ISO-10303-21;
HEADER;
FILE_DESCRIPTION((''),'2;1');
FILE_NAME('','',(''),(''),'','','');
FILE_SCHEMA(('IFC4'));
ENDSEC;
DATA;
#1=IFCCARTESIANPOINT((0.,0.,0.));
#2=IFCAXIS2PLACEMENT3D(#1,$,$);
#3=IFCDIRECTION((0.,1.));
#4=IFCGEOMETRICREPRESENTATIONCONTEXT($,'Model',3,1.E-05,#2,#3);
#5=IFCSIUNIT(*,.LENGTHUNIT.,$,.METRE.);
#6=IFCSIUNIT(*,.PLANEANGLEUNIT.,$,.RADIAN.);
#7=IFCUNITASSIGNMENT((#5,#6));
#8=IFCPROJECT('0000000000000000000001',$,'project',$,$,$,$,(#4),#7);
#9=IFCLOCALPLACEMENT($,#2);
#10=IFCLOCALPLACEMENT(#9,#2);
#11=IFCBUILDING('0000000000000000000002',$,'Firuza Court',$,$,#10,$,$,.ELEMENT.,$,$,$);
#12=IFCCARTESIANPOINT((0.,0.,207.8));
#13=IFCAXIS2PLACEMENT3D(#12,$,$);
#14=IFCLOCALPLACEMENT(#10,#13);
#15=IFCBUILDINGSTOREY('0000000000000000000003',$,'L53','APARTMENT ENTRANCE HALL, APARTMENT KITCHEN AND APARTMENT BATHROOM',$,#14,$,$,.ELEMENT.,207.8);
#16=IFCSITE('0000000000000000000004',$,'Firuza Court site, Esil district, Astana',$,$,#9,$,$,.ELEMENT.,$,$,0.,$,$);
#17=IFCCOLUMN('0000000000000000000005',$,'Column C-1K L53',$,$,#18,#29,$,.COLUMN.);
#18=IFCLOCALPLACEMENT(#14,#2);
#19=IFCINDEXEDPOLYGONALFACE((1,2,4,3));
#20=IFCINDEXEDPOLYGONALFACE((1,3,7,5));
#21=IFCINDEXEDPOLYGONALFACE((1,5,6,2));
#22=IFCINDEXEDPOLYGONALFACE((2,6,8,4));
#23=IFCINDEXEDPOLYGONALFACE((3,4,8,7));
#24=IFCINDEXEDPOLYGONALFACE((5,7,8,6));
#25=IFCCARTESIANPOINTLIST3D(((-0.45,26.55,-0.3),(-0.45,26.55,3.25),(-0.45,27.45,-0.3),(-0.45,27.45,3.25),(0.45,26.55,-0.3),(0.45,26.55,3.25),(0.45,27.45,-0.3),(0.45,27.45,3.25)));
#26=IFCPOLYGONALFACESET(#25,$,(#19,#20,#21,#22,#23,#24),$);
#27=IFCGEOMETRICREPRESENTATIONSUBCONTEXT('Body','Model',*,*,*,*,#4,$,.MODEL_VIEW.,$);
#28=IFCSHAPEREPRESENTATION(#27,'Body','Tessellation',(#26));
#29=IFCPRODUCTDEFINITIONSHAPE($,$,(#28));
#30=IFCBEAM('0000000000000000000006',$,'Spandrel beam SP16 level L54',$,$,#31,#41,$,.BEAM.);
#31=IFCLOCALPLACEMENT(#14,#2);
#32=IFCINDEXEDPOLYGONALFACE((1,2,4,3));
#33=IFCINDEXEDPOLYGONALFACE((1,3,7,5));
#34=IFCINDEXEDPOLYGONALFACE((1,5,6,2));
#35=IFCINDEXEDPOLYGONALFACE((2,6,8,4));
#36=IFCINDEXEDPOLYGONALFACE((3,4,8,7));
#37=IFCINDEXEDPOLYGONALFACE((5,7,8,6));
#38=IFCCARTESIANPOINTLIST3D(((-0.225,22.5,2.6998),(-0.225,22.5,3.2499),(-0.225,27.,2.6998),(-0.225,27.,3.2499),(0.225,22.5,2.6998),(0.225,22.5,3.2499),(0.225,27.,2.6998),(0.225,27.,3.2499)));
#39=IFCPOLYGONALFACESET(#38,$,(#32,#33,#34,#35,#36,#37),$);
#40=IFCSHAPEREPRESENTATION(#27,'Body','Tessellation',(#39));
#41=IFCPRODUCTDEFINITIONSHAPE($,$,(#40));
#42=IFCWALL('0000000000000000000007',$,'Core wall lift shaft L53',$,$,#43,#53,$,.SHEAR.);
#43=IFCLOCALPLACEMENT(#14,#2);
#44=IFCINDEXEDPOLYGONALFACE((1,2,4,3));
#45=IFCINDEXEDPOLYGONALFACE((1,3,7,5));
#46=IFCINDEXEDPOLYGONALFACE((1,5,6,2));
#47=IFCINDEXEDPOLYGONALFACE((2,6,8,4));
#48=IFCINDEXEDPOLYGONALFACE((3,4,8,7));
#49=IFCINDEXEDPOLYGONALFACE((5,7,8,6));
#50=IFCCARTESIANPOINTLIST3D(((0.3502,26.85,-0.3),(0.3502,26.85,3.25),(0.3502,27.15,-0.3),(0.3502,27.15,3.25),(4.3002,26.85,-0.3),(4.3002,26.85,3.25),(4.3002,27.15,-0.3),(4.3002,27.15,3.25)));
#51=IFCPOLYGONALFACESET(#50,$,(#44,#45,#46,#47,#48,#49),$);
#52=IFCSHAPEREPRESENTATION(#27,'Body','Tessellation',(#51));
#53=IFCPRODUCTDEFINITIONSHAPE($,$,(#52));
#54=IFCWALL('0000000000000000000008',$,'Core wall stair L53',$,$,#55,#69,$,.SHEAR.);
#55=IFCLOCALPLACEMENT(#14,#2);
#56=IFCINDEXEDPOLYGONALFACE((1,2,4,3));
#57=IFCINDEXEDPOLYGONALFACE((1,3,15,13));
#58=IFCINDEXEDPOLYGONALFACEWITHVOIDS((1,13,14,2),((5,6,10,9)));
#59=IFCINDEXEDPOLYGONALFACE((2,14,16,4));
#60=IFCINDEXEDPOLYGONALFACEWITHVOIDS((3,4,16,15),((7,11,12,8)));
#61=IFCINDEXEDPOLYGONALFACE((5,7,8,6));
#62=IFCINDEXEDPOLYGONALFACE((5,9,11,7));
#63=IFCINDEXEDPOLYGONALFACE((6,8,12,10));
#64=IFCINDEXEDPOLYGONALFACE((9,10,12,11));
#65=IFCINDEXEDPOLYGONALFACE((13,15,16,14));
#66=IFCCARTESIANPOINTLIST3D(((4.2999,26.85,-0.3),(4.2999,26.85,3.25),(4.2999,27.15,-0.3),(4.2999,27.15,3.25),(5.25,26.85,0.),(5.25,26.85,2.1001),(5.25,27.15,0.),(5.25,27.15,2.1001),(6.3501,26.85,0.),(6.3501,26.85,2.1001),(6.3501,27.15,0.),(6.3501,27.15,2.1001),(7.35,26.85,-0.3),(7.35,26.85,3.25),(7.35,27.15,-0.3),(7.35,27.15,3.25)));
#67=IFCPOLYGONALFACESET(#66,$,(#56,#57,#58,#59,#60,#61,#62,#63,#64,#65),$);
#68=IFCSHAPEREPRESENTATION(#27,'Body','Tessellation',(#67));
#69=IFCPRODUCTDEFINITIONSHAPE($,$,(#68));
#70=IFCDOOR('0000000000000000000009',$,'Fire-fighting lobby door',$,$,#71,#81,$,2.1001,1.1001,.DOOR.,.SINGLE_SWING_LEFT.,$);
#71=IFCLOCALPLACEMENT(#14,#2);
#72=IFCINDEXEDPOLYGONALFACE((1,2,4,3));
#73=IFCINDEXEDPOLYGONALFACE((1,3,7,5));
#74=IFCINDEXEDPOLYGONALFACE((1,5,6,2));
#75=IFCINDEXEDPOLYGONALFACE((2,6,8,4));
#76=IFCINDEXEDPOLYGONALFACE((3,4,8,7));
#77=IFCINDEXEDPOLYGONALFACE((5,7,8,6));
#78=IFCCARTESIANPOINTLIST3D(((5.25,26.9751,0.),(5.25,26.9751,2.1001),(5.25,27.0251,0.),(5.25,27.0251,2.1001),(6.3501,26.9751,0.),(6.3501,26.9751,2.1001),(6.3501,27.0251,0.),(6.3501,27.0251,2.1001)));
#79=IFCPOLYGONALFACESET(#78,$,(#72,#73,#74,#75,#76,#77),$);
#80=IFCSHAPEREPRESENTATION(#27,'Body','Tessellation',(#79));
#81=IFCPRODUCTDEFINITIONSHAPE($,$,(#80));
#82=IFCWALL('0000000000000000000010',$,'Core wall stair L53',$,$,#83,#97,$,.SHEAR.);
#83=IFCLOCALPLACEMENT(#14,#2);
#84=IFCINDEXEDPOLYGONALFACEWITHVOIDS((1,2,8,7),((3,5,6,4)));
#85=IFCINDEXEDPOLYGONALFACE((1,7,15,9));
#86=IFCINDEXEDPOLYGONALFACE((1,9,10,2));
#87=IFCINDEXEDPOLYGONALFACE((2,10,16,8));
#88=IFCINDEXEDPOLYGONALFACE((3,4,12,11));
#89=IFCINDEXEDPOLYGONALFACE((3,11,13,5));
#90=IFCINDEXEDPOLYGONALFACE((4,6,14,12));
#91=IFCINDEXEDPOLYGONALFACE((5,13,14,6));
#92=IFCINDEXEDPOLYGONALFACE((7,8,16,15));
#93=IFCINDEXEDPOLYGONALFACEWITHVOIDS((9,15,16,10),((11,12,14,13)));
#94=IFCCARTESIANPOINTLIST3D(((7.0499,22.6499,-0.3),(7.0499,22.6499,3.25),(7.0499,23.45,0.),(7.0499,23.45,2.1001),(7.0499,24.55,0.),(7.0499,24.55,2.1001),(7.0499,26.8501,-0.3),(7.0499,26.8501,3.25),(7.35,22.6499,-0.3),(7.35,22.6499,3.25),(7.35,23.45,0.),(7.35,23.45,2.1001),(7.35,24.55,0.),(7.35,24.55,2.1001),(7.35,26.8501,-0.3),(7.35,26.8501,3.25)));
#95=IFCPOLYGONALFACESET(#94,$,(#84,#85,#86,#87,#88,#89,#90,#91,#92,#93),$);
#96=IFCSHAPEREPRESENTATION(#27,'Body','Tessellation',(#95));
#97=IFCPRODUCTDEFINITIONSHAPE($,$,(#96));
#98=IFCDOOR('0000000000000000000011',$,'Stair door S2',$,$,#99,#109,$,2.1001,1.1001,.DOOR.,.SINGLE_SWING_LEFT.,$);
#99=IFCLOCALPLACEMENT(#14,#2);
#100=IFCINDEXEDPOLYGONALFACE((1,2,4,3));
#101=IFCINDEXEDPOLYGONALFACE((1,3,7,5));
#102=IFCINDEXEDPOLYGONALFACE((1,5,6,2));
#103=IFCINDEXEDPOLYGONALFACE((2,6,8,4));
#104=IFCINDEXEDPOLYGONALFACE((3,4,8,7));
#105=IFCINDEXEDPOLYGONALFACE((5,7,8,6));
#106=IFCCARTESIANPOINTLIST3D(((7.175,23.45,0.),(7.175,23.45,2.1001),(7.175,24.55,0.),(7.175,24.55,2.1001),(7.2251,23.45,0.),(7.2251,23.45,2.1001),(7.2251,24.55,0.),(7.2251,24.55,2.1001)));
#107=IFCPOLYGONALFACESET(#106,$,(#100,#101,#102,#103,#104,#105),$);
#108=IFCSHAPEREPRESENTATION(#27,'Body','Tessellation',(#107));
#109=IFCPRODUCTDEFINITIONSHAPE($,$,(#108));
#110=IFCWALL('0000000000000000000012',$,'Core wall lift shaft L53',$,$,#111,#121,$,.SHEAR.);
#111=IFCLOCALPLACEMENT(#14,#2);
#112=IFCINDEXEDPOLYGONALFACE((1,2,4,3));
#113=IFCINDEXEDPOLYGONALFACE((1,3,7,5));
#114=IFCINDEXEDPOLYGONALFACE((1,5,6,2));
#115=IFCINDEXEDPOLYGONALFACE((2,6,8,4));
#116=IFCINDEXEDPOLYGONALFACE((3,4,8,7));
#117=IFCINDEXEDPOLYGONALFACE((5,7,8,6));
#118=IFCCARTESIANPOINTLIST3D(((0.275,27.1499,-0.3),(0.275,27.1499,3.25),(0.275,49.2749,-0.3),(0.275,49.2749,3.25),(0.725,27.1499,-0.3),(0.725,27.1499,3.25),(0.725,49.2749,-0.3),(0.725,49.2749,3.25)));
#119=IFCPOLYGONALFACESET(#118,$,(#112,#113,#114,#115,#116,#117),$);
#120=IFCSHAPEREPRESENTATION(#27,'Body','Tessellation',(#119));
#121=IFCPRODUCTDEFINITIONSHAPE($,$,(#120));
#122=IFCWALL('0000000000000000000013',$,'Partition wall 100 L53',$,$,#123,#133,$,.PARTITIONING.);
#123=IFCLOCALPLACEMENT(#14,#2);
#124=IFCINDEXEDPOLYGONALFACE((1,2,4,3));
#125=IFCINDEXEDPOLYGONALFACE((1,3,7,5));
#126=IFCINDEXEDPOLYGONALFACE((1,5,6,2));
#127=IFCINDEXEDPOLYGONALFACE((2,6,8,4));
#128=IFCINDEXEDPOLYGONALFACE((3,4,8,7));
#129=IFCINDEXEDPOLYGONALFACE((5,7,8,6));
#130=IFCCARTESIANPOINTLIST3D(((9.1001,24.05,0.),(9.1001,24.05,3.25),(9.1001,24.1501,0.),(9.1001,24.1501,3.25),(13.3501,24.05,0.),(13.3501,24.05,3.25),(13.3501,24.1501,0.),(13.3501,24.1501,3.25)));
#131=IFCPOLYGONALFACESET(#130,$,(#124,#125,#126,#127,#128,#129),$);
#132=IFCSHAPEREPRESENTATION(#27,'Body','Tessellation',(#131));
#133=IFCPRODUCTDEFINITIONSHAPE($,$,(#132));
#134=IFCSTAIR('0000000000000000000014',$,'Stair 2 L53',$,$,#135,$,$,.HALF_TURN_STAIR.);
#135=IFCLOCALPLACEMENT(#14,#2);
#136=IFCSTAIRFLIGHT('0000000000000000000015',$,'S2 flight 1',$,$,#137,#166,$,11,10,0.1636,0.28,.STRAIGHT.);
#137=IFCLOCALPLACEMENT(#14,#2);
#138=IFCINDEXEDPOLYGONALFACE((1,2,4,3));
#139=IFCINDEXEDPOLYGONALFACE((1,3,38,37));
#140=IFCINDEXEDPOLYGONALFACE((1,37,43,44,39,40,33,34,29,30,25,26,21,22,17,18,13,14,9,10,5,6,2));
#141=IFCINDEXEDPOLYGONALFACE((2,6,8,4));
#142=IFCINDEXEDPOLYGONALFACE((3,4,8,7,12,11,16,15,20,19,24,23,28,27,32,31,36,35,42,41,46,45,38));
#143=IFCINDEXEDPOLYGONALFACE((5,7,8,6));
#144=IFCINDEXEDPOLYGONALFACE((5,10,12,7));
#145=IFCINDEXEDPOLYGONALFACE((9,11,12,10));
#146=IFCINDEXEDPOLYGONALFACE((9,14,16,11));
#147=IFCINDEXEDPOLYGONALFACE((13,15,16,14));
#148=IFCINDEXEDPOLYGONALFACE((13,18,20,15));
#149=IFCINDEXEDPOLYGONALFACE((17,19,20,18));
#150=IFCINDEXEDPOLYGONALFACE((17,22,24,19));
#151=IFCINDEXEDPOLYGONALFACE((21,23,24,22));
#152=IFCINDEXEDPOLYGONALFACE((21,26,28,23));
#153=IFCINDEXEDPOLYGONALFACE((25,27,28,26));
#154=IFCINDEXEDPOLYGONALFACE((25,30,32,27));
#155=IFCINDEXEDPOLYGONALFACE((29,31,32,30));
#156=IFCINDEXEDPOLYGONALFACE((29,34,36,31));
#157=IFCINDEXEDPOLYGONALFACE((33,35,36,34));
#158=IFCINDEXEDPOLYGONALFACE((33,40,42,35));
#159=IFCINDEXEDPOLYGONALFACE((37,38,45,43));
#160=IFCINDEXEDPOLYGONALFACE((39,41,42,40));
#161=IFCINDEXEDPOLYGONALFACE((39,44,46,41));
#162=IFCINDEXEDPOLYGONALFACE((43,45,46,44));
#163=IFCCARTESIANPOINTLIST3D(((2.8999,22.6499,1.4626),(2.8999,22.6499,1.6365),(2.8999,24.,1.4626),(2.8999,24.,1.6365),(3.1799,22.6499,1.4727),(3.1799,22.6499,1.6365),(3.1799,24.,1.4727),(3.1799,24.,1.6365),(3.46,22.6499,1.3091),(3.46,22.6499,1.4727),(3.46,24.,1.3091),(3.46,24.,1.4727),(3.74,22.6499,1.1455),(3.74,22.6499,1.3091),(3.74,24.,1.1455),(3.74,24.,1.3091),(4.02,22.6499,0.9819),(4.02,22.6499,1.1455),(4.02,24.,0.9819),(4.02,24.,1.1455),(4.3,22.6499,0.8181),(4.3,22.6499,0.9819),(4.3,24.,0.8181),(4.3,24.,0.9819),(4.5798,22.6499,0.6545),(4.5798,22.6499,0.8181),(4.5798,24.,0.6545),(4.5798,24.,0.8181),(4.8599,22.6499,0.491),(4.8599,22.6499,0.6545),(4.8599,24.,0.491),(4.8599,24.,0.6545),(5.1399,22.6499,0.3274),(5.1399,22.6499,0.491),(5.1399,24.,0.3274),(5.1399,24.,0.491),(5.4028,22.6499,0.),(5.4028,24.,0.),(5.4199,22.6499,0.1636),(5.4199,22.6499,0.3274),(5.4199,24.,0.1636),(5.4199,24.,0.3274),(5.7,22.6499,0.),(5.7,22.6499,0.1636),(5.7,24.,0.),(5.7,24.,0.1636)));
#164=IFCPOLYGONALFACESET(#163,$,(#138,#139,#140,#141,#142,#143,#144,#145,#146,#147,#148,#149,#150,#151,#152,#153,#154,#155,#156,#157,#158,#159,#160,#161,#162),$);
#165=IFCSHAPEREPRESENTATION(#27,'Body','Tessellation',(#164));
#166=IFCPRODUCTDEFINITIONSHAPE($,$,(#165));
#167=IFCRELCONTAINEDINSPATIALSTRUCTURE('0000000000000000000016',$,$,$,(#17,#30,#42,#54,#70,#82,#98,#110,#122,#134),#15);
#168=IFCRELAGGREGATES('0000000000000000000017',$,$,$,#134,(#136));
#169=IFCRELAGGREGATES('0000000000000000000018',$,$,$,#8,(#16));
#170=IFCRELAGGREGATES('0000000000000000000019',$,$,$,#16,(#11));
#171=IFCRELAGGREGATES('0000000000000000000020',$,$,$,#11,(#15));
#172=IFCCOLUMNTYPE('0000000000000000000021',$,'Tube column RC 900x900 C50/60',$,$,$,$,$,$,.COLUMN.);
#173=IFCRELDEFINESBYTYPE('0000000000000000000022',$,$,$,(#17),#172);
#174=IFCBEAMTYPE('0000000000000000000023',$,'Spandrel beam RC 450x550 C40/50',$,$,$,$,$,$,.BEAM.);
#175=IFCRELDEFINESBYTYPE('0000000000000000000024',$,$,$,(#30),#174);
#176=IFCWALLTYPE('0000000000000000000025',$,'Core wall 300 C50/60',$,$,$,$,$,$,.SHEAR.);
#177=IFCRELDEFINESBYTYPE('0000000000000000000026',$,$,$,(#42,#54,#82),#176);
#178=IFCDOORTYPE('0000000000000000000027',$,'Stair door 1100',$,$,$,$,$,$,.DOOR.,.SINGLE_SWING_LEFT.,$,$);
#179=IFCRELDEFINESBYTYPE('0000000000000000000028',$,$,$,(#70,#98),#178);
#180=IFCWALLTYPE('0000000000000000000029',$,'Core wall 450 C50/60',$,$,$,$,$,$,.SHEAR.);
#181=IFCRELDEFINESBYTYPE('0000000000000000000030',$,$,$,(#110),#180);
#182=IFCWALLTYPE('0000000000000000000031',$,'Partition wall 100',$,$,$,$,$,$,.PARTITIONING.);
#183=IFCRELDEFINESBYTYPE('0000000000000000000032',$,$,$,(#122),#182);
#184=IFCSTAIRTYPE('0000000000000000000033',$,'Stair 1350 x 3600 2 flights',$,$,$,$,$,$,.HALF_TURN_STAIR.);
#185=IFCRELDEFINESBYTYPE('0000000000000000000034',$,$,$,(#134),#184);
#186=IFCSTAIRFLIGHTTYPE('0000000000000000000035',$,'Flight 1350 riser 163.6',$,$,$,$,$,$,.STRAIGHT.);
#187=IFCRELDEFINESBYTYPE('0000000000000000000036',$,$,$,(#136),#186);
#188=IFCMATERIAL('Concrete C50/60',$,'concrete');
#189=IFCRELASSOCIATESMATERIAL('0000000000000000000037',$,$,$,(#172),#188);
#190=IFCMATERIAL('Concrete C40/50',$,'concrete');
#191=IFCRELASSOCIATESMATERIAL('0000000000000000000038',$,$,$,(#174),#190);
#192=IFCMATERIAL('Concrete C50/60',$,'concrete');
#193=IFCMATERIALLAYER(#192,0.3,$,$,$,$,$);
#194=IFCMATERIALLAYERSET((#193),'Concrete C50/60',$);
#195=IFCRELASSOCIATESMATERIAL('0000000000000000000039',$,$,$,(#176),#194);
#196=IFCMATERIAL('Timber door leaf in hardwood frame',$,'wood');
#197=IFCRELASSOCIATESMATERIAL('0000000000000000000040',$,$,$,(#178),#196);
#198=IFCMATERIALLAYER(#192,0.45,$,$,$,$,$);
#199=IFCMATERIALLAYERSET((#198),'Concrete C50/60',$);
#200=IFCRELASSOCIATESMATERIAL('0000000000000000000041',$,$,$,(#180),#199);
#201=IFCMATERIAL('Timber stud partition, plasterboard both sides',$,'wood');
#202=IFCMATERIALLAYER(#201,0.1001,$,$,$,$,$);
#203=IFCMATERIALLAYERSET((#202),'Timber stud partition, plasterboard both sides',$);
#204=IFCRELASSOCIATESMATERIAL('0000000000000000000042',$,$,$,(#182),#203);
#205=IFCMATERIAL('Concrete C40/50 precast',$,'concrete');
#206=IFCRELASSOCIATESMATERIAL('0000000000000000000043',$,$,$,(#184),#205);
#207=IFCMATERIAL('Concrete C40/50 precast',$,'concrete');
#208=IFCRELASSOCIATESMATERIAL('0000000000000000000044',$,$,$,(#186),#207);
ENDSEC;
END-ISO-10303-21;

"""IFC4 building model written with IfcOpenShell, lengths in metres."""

from ifc_helpers import new_model, si_unit, direction, frame, frame_2d, origin, origin_2d, place, context, subcontext, project, spatial, polyline, rectangle, outline, extrude, material, layer, layer_set, material_profile, profile_set, type_object, element, fill, aggregate, save


model = new_model("IFC4")

# Units and contexts
model_context = context("Model", 3, precision=1e-05, world=origin(), true_north=direction((0.0, 1.0)))
body_context = subcontext(model_context, "Body", "Model", "MODEL_VIEW")
ifc_project = project(units=[si_unit("LENGTHUNIT", "METRE"), si_unit("PLANEANGLEUNIT", "RADIAN")], contexts=[model_context])

# Site, building, storey
site_placement = place(None, origin())
site = spatial("IfcSite", under=ifc_project, at=site_placement, Name="Firuza Court site, Esil district, Astana", CompositionType="ELEMENT", RefElevation=0.0)
building_placement = place(site_placement, origin())
building = spatial("IfcBuilding", under=site, at=building_placement, Name="Firuza Court", CompositionType="ELEMENT")
storey_placement = place(building_placement, frame((0.0, 0.0, 207.8)))
storey = spatial("IfcBuildingStorey", under=building, at=storey_placement, Name="L53", Description="APARTMENT ENTRANCE HALL, APARTMENT KITCHEN AND APARTMENT BATHROOM", CompositionType="ELEMENT", Elevation=207.8)

# Column
ifc_material_1 = material(Name="Concrete C50/60", Category="concrete")
ifc_material_profile_1 = material_profile(ifc_material_1, rectangle(XDim=0.8999, YDim=0.8999, at=origin_2d()), Name="RC 900x900")
ifc_profile_set_1 = profile_set([ifc_material_profile_1], Name="Concrete C50/60")
column_type = type_object("IfcColumnType", Name="Tube column RC 900x900 C50/60", PredefinedType="COLUMN", material=ifc_profile_set_1)
column_placement = place(storey_placement, frame((0.0, 27.0, -0.3), z_axis=(0.0, 0.0, 1.0), x_axis=(1.0, 0.0, 0.0)))
element("IfcColumn", 1, at=column_placement, inside=storey, type_object=column_type, Name="Column C-1K L53", PredefinedType="COLUMN", context=body_context, shape_type="SweptSolid", body=[
    extrude(rectangle(XDim=0.8999, YDim=0.8999, at=origin_2d()), origin(), (0.0, 0.0, 1.0), 3.55),
])

# Beam
ifc_material_2 = material(Name="Concrete C40/50", Category="concrete")
ifc_material_profile_2 = material_profile(ifc_material_2, rectangle(XDim=0.45, YDim=0.55, at=origin_2d()), Name="RC 450x550")
ifc_profile_set_2 = profile_set([ifc_material_profile_2], Name="Concrete C40/50")
beam_type = type_object("IfcBeamType", Name="Spandrel beam RC 450x550 C40/50", PredefinedType="BEAM", material=ifc_profile_set_2)
beam_placement = place(storey_placement, frame((0.0, 27.0, 2.9749), z_axis=(0.0, -1.0, 0.0), x_axis=(1.0, 0.0, 0.0)))
element("IfcBeam", 2, at=beam_placement, inside=storey, type_object=beam_type, Name="Spandrel beam SP16 level L54", PredefinedType="BEAM", context=body_context, shape_type="SweptSolid", body=[
    extrude(rectangle(XDim=0.45, YDim=0.55, at=origin_2d()), origin(), (0.0, 0.0, 1.0), 4.5),
])

# Wall
ifc_material_3 = material(Name="Concrete C50/60", Category="concrete")
ifc_layer_1 = layer(ifc_material_3, 0.3)
ifc_layer_set_1 = layer_set([ifc_layer_1], Name="Concrete C50/60")
wall_type_1 = type_object("IfcWallType", Name="Core wall 300 C50/60", PredefinedType="SHEAR", material=ifc_layer_set_1)
wall_1_placement = place(storey_placement, frame((0.3501, 27.0, -0.3), z_axis=(0.0, 0.0, 1.0), x_axis=(1.0, 0.0, 0.0)))
element("IfcWall", 3, at=wall_1_placement, inside=storey, type_object=wall_type_1, Name="Core wall lift shaft L53", PredefinedType="SHEAR", context=body_context, shape_type="SweptSolid", body=[
    extrude(rectangle(XDim=3.95, YDim=0.3, at=frame_2d((1.9751, 0.0))), origin(), (0.0, 0.0, 1.0), 3.55),
])

# Walls, openings, doors
wall_2_placement = place(storey_placement, frame((4.3, 27.0, -0.3), z_axis=(0.0, 0.0, 1.0), x_axis=(1.0, 0.0, 0.0)))
wall_2 = element("IfcWall", 4, at=wall_2_placement, inside=storey, type_object=wall_type_1, Name="Core wall stair L53", PredefinedType="SHEAR", context=body_context, shape_type="SweptSolid", body=[
    extrude(rectangle(XDim=3.05, YDim=0.3, at=frame_2d((1.5249, 0.0))), origin(), (0.0, 0.0, 1.0), 3.55),
])
opening_1_placement = place(wall_2_placement, frame((0.95, 0.0, 0.3)))
opening_1 = element("IfcOpeningElement", 5, at=opening_1_placement, cuts=wall_2, PredefinedType="OPENING", context=body_context, shape_type="SweptSolid", body=[
    extrude(rectangle(XDim=1.1001, YDim=2.1001, at=frame_2d((0.55, 1.05))), frame((0.0, 0.1621, 0.0), z_axis=(0.0, -1.0, 0.0), x_axis=(1.0, 0.0, 0.0)), (0.0, 0.0, 1.0), 0.324),
])
ifc_material_4 = material(Name="Timber door leaf in hardwood frame", Category="wood")
door_type = type_object("IfcDoorType", Name="Stair door 1100", OperationType="SINGLE_SWING_LEFT", PredefinedType="DOOR", material=ifc_material_4)
door_1_placement = place(opening_1_placement, frame((1.1001, 0.0, 0.0), z_axis=(0.0, 0.0, 1.0), x_axis=(-1.0, 0.0, 0.0)))
door_1 = element("IfcDoor", 6, at=door_1_placement, inside=storey, type_object=door_type, Name="Fire-fighting lobby door", OperationType="SINGLE_SWING_LEFT", OverallHeight=2.1001, OverallWidth=1.1001, PredefinedType="DOOR", context=body_context, shape_type="SweptSolid", body=[
    extrude(rectangle(XDim=1.1001, YDim=2.1001, at=frame_2d((0.55, 1.05))), frame((0.0, 0.0249, 0.0), z_axis=(0.0, -1.0, 0.0), x_axis=(1.0, 0.0, 0.0)), (0.0, 0.0, 1.0), 0.05),
])
fill(opening_1, door_1)
wall_3_placement = place(storey_placement, frame((7.2, 22.6499, -0.3), z_axis=(0.0, 0.0, 1.0), x_axis=(0.0, 1.0, 0.0)))
wall_3 = element("IfcWall", 7, at=wall_3_placement, inside=storey, type_object=wall_type_1, Name="Core wall stair L53", PredefinedType="SHEAR", context=body_context, shape_type="SweptSolid", body=[
    extrude(rectangle(XDim=4.2002, YDim=0.3, at=frame_2d((2.1001, 0.0))), origin(), (0.0, 0.0, 1.0), 3.55),
])
opening_2_placement = place(wall_3_placement, frame((0.8, 0.0, 0.3)))
opening_2 = element("IfcOpeningElement", 8, at=opening_2_placement, cuts=wall_3, PredefinedType="OPENING", context=body_context, shape_type="SweptSolid", body=[
    extrude(rectangle(XDim=1.1001, YDim=2.1001, at=frame_2d((0.55, 1.05))), frame((0.0, 0.1621, 0.0), z_axis=(0.0, -1.0, 0.0), x_axis=(1.0, 0.0, 0.0)), (0.0, 0.0, 1.0), 0.324),
])
door_2_placement = place(opening_2_placement, origin())
door_2 = element("IfcDoor", 9, at=door_2_placement, inside=storey, type_object=door_type, Name="Stair door S2", OperationType="SINGLE_SWING_LEFT", OverallHeight=2.1001, OverallWidth=1.1001, PredefinedType="DOOR", context=body_context, shape_type="SweptSolid", body=[
    extrude(rectangle(XDim=1.1001, YDim=2.1001, at=frame_2d((0.55, 1.05))), frame((0.0, 0.0249, 0.0), z_axis=(0.0, -1.0, 0.0), x_axis=(1.0, 0.0, 0.0)), (0.0, 0.0, 1.0), 0.05),
])
fill(opening_2, door_2)

# Walls
ifc_layer_2 = layer(ifc_material_3, 0.45)
ifc_layer_set_2 = layer_set([ifc_layer_2], Name="Concrete C50/60")
wall_type_2 = type_object("IfcWallType", Name="Core wall 450 C50/60", PredefinedType="SHEAR", material=ifc_layer_set_2)
wall_4_placement = place(storey_placement, frame((0.5, 27.1499, -0.3), z_axis=(0.0, 0.0, 1.0), x_axis=(0.0, 1.0, 0.0)))
element("IfcWall", 10, at=wall_4_placement, inside=storey, type_object=wall_type_2, Name="Core wall lift shaft L53", PredefinedType="SHEAR", context=body_context, shape_type="SweptSolid", body=[
    extrude(rectangle(XDim=22.125, YDim=0.45, at=frame_2d((11.0625, 0.0))), origin(), (0.0, 0.0, 1.0), 3.55),
])
ifc_material_5 = material(Name="Timber stud partition, plasterboard both sides", Category="wood")
ifc_layer_3 = layer(ifc_material_5, 0.1001)
ifc_layer_set_3 = layer_set([ifc_layer_3], Name="Timber stud partition, plasterboard both sides")
wall_type_3 = type_object("IfcWallType", Name="Partition wall 100", PredefinedType="PARTITIONING", material=ifc_layer_set_3)
wall_5_placement = place(storey_placement, frame((9.1001, 24.1001, 0.0), z_axis=(0.0, 0.0, 1.0), x_axis=(1.0, 0.0, 0.0)))
element("IfcWall", 11, at=wall_5_placement, inside=storey, type_object=wall_type_3, Name="Partition wall 100 L53", PredefinedType="PARTITIONING", context=body_context, shape_type="SweptSolid", body=[
    extrude(rectangle(XDim=4.25, YDim=0.1001, at=frame_2d((2.125, 0.0))), origin(), (0.0, 0.0, 1.0), 3.25),
])

# Stair, stair flight
ifc_material_6 = material(Name="Concrete C40/50 precast", Category="concrete")
stair_type = type_object("IfcStairType", Name="Stair 1350 x 3600 2 flights", PredefinedType="HALF_TURN_STAIR", material=ifc_material_6)
stair_placement = place(storey_placement, origin())
stair = element("IfcStair", 12, at=stair_placement, inside=storey, type_object=stair_type, Name="Stair 2 L53", PredefinedType="HALF_TURN_STAIR")
ifc_material_7 = material(Name="Concrete C40/50 precast", Category="concrete")
stair_flight_type = type_object("IfcStairFlightType", Name="Flight 1350 riser 163.6", PredefinedType="STRAIGHT", material=ifc_material_7)
stair_flight_1_placement = place(storey_placement, frame((5.7, 23.325, 0.0), z_axis=(0.0, 0.0, 1.0), x_axis=(-1.0, 0.0, 0.0)))
stair_flight_1 = element("IfcStairFlight", 13, at=stair_flight_1_placement, type_object=stair_flight_type, Name="S2 flight 1", NumberOfRisers=11, NumberOfTreads=10, PredefinedType="STRAIGHT", RiserHeight=0.1636, TreadLength=0.28, context=body_context, shape_type="SweptSolid", body=[
    extrude(outline(polyline([(0.0, 0.0), (0.0, 0.1636), (0.28, 0.1636), (0.28, 0.3274), (0.5601, 0.3274), (0.5601, 0.491), (0.8401, 0.491), (0.8401, 0.6545), (1.1201, 0.6545), (1.1201, 0.8181), (1.3999, 0.8181), (1.3999, 0.9819), (1.6799, 0.9819), (1.6799, 1.1455), (1.96, 1.1455), (1.96, 1.3091), (2.24, 1.3091), (2.24, 1.4727), (2.52, 1.4727), (2.52, 1.6365), (2.8, 1.6365), (2.8, 1.8), (2.8, 1.4626), (0.2971, 0.0), (0.0, 0.0)])), frame((0.0, 0.675, 0.0), z_axis=(0.0, -1.0, 0.0), x_axis=(1.0, 0.0, 0.0)), (0.0, 0.0, 1.0), 1.3501),
])
aggregate(stair, [stair_flight_1])

save(model, "model.ifc")
